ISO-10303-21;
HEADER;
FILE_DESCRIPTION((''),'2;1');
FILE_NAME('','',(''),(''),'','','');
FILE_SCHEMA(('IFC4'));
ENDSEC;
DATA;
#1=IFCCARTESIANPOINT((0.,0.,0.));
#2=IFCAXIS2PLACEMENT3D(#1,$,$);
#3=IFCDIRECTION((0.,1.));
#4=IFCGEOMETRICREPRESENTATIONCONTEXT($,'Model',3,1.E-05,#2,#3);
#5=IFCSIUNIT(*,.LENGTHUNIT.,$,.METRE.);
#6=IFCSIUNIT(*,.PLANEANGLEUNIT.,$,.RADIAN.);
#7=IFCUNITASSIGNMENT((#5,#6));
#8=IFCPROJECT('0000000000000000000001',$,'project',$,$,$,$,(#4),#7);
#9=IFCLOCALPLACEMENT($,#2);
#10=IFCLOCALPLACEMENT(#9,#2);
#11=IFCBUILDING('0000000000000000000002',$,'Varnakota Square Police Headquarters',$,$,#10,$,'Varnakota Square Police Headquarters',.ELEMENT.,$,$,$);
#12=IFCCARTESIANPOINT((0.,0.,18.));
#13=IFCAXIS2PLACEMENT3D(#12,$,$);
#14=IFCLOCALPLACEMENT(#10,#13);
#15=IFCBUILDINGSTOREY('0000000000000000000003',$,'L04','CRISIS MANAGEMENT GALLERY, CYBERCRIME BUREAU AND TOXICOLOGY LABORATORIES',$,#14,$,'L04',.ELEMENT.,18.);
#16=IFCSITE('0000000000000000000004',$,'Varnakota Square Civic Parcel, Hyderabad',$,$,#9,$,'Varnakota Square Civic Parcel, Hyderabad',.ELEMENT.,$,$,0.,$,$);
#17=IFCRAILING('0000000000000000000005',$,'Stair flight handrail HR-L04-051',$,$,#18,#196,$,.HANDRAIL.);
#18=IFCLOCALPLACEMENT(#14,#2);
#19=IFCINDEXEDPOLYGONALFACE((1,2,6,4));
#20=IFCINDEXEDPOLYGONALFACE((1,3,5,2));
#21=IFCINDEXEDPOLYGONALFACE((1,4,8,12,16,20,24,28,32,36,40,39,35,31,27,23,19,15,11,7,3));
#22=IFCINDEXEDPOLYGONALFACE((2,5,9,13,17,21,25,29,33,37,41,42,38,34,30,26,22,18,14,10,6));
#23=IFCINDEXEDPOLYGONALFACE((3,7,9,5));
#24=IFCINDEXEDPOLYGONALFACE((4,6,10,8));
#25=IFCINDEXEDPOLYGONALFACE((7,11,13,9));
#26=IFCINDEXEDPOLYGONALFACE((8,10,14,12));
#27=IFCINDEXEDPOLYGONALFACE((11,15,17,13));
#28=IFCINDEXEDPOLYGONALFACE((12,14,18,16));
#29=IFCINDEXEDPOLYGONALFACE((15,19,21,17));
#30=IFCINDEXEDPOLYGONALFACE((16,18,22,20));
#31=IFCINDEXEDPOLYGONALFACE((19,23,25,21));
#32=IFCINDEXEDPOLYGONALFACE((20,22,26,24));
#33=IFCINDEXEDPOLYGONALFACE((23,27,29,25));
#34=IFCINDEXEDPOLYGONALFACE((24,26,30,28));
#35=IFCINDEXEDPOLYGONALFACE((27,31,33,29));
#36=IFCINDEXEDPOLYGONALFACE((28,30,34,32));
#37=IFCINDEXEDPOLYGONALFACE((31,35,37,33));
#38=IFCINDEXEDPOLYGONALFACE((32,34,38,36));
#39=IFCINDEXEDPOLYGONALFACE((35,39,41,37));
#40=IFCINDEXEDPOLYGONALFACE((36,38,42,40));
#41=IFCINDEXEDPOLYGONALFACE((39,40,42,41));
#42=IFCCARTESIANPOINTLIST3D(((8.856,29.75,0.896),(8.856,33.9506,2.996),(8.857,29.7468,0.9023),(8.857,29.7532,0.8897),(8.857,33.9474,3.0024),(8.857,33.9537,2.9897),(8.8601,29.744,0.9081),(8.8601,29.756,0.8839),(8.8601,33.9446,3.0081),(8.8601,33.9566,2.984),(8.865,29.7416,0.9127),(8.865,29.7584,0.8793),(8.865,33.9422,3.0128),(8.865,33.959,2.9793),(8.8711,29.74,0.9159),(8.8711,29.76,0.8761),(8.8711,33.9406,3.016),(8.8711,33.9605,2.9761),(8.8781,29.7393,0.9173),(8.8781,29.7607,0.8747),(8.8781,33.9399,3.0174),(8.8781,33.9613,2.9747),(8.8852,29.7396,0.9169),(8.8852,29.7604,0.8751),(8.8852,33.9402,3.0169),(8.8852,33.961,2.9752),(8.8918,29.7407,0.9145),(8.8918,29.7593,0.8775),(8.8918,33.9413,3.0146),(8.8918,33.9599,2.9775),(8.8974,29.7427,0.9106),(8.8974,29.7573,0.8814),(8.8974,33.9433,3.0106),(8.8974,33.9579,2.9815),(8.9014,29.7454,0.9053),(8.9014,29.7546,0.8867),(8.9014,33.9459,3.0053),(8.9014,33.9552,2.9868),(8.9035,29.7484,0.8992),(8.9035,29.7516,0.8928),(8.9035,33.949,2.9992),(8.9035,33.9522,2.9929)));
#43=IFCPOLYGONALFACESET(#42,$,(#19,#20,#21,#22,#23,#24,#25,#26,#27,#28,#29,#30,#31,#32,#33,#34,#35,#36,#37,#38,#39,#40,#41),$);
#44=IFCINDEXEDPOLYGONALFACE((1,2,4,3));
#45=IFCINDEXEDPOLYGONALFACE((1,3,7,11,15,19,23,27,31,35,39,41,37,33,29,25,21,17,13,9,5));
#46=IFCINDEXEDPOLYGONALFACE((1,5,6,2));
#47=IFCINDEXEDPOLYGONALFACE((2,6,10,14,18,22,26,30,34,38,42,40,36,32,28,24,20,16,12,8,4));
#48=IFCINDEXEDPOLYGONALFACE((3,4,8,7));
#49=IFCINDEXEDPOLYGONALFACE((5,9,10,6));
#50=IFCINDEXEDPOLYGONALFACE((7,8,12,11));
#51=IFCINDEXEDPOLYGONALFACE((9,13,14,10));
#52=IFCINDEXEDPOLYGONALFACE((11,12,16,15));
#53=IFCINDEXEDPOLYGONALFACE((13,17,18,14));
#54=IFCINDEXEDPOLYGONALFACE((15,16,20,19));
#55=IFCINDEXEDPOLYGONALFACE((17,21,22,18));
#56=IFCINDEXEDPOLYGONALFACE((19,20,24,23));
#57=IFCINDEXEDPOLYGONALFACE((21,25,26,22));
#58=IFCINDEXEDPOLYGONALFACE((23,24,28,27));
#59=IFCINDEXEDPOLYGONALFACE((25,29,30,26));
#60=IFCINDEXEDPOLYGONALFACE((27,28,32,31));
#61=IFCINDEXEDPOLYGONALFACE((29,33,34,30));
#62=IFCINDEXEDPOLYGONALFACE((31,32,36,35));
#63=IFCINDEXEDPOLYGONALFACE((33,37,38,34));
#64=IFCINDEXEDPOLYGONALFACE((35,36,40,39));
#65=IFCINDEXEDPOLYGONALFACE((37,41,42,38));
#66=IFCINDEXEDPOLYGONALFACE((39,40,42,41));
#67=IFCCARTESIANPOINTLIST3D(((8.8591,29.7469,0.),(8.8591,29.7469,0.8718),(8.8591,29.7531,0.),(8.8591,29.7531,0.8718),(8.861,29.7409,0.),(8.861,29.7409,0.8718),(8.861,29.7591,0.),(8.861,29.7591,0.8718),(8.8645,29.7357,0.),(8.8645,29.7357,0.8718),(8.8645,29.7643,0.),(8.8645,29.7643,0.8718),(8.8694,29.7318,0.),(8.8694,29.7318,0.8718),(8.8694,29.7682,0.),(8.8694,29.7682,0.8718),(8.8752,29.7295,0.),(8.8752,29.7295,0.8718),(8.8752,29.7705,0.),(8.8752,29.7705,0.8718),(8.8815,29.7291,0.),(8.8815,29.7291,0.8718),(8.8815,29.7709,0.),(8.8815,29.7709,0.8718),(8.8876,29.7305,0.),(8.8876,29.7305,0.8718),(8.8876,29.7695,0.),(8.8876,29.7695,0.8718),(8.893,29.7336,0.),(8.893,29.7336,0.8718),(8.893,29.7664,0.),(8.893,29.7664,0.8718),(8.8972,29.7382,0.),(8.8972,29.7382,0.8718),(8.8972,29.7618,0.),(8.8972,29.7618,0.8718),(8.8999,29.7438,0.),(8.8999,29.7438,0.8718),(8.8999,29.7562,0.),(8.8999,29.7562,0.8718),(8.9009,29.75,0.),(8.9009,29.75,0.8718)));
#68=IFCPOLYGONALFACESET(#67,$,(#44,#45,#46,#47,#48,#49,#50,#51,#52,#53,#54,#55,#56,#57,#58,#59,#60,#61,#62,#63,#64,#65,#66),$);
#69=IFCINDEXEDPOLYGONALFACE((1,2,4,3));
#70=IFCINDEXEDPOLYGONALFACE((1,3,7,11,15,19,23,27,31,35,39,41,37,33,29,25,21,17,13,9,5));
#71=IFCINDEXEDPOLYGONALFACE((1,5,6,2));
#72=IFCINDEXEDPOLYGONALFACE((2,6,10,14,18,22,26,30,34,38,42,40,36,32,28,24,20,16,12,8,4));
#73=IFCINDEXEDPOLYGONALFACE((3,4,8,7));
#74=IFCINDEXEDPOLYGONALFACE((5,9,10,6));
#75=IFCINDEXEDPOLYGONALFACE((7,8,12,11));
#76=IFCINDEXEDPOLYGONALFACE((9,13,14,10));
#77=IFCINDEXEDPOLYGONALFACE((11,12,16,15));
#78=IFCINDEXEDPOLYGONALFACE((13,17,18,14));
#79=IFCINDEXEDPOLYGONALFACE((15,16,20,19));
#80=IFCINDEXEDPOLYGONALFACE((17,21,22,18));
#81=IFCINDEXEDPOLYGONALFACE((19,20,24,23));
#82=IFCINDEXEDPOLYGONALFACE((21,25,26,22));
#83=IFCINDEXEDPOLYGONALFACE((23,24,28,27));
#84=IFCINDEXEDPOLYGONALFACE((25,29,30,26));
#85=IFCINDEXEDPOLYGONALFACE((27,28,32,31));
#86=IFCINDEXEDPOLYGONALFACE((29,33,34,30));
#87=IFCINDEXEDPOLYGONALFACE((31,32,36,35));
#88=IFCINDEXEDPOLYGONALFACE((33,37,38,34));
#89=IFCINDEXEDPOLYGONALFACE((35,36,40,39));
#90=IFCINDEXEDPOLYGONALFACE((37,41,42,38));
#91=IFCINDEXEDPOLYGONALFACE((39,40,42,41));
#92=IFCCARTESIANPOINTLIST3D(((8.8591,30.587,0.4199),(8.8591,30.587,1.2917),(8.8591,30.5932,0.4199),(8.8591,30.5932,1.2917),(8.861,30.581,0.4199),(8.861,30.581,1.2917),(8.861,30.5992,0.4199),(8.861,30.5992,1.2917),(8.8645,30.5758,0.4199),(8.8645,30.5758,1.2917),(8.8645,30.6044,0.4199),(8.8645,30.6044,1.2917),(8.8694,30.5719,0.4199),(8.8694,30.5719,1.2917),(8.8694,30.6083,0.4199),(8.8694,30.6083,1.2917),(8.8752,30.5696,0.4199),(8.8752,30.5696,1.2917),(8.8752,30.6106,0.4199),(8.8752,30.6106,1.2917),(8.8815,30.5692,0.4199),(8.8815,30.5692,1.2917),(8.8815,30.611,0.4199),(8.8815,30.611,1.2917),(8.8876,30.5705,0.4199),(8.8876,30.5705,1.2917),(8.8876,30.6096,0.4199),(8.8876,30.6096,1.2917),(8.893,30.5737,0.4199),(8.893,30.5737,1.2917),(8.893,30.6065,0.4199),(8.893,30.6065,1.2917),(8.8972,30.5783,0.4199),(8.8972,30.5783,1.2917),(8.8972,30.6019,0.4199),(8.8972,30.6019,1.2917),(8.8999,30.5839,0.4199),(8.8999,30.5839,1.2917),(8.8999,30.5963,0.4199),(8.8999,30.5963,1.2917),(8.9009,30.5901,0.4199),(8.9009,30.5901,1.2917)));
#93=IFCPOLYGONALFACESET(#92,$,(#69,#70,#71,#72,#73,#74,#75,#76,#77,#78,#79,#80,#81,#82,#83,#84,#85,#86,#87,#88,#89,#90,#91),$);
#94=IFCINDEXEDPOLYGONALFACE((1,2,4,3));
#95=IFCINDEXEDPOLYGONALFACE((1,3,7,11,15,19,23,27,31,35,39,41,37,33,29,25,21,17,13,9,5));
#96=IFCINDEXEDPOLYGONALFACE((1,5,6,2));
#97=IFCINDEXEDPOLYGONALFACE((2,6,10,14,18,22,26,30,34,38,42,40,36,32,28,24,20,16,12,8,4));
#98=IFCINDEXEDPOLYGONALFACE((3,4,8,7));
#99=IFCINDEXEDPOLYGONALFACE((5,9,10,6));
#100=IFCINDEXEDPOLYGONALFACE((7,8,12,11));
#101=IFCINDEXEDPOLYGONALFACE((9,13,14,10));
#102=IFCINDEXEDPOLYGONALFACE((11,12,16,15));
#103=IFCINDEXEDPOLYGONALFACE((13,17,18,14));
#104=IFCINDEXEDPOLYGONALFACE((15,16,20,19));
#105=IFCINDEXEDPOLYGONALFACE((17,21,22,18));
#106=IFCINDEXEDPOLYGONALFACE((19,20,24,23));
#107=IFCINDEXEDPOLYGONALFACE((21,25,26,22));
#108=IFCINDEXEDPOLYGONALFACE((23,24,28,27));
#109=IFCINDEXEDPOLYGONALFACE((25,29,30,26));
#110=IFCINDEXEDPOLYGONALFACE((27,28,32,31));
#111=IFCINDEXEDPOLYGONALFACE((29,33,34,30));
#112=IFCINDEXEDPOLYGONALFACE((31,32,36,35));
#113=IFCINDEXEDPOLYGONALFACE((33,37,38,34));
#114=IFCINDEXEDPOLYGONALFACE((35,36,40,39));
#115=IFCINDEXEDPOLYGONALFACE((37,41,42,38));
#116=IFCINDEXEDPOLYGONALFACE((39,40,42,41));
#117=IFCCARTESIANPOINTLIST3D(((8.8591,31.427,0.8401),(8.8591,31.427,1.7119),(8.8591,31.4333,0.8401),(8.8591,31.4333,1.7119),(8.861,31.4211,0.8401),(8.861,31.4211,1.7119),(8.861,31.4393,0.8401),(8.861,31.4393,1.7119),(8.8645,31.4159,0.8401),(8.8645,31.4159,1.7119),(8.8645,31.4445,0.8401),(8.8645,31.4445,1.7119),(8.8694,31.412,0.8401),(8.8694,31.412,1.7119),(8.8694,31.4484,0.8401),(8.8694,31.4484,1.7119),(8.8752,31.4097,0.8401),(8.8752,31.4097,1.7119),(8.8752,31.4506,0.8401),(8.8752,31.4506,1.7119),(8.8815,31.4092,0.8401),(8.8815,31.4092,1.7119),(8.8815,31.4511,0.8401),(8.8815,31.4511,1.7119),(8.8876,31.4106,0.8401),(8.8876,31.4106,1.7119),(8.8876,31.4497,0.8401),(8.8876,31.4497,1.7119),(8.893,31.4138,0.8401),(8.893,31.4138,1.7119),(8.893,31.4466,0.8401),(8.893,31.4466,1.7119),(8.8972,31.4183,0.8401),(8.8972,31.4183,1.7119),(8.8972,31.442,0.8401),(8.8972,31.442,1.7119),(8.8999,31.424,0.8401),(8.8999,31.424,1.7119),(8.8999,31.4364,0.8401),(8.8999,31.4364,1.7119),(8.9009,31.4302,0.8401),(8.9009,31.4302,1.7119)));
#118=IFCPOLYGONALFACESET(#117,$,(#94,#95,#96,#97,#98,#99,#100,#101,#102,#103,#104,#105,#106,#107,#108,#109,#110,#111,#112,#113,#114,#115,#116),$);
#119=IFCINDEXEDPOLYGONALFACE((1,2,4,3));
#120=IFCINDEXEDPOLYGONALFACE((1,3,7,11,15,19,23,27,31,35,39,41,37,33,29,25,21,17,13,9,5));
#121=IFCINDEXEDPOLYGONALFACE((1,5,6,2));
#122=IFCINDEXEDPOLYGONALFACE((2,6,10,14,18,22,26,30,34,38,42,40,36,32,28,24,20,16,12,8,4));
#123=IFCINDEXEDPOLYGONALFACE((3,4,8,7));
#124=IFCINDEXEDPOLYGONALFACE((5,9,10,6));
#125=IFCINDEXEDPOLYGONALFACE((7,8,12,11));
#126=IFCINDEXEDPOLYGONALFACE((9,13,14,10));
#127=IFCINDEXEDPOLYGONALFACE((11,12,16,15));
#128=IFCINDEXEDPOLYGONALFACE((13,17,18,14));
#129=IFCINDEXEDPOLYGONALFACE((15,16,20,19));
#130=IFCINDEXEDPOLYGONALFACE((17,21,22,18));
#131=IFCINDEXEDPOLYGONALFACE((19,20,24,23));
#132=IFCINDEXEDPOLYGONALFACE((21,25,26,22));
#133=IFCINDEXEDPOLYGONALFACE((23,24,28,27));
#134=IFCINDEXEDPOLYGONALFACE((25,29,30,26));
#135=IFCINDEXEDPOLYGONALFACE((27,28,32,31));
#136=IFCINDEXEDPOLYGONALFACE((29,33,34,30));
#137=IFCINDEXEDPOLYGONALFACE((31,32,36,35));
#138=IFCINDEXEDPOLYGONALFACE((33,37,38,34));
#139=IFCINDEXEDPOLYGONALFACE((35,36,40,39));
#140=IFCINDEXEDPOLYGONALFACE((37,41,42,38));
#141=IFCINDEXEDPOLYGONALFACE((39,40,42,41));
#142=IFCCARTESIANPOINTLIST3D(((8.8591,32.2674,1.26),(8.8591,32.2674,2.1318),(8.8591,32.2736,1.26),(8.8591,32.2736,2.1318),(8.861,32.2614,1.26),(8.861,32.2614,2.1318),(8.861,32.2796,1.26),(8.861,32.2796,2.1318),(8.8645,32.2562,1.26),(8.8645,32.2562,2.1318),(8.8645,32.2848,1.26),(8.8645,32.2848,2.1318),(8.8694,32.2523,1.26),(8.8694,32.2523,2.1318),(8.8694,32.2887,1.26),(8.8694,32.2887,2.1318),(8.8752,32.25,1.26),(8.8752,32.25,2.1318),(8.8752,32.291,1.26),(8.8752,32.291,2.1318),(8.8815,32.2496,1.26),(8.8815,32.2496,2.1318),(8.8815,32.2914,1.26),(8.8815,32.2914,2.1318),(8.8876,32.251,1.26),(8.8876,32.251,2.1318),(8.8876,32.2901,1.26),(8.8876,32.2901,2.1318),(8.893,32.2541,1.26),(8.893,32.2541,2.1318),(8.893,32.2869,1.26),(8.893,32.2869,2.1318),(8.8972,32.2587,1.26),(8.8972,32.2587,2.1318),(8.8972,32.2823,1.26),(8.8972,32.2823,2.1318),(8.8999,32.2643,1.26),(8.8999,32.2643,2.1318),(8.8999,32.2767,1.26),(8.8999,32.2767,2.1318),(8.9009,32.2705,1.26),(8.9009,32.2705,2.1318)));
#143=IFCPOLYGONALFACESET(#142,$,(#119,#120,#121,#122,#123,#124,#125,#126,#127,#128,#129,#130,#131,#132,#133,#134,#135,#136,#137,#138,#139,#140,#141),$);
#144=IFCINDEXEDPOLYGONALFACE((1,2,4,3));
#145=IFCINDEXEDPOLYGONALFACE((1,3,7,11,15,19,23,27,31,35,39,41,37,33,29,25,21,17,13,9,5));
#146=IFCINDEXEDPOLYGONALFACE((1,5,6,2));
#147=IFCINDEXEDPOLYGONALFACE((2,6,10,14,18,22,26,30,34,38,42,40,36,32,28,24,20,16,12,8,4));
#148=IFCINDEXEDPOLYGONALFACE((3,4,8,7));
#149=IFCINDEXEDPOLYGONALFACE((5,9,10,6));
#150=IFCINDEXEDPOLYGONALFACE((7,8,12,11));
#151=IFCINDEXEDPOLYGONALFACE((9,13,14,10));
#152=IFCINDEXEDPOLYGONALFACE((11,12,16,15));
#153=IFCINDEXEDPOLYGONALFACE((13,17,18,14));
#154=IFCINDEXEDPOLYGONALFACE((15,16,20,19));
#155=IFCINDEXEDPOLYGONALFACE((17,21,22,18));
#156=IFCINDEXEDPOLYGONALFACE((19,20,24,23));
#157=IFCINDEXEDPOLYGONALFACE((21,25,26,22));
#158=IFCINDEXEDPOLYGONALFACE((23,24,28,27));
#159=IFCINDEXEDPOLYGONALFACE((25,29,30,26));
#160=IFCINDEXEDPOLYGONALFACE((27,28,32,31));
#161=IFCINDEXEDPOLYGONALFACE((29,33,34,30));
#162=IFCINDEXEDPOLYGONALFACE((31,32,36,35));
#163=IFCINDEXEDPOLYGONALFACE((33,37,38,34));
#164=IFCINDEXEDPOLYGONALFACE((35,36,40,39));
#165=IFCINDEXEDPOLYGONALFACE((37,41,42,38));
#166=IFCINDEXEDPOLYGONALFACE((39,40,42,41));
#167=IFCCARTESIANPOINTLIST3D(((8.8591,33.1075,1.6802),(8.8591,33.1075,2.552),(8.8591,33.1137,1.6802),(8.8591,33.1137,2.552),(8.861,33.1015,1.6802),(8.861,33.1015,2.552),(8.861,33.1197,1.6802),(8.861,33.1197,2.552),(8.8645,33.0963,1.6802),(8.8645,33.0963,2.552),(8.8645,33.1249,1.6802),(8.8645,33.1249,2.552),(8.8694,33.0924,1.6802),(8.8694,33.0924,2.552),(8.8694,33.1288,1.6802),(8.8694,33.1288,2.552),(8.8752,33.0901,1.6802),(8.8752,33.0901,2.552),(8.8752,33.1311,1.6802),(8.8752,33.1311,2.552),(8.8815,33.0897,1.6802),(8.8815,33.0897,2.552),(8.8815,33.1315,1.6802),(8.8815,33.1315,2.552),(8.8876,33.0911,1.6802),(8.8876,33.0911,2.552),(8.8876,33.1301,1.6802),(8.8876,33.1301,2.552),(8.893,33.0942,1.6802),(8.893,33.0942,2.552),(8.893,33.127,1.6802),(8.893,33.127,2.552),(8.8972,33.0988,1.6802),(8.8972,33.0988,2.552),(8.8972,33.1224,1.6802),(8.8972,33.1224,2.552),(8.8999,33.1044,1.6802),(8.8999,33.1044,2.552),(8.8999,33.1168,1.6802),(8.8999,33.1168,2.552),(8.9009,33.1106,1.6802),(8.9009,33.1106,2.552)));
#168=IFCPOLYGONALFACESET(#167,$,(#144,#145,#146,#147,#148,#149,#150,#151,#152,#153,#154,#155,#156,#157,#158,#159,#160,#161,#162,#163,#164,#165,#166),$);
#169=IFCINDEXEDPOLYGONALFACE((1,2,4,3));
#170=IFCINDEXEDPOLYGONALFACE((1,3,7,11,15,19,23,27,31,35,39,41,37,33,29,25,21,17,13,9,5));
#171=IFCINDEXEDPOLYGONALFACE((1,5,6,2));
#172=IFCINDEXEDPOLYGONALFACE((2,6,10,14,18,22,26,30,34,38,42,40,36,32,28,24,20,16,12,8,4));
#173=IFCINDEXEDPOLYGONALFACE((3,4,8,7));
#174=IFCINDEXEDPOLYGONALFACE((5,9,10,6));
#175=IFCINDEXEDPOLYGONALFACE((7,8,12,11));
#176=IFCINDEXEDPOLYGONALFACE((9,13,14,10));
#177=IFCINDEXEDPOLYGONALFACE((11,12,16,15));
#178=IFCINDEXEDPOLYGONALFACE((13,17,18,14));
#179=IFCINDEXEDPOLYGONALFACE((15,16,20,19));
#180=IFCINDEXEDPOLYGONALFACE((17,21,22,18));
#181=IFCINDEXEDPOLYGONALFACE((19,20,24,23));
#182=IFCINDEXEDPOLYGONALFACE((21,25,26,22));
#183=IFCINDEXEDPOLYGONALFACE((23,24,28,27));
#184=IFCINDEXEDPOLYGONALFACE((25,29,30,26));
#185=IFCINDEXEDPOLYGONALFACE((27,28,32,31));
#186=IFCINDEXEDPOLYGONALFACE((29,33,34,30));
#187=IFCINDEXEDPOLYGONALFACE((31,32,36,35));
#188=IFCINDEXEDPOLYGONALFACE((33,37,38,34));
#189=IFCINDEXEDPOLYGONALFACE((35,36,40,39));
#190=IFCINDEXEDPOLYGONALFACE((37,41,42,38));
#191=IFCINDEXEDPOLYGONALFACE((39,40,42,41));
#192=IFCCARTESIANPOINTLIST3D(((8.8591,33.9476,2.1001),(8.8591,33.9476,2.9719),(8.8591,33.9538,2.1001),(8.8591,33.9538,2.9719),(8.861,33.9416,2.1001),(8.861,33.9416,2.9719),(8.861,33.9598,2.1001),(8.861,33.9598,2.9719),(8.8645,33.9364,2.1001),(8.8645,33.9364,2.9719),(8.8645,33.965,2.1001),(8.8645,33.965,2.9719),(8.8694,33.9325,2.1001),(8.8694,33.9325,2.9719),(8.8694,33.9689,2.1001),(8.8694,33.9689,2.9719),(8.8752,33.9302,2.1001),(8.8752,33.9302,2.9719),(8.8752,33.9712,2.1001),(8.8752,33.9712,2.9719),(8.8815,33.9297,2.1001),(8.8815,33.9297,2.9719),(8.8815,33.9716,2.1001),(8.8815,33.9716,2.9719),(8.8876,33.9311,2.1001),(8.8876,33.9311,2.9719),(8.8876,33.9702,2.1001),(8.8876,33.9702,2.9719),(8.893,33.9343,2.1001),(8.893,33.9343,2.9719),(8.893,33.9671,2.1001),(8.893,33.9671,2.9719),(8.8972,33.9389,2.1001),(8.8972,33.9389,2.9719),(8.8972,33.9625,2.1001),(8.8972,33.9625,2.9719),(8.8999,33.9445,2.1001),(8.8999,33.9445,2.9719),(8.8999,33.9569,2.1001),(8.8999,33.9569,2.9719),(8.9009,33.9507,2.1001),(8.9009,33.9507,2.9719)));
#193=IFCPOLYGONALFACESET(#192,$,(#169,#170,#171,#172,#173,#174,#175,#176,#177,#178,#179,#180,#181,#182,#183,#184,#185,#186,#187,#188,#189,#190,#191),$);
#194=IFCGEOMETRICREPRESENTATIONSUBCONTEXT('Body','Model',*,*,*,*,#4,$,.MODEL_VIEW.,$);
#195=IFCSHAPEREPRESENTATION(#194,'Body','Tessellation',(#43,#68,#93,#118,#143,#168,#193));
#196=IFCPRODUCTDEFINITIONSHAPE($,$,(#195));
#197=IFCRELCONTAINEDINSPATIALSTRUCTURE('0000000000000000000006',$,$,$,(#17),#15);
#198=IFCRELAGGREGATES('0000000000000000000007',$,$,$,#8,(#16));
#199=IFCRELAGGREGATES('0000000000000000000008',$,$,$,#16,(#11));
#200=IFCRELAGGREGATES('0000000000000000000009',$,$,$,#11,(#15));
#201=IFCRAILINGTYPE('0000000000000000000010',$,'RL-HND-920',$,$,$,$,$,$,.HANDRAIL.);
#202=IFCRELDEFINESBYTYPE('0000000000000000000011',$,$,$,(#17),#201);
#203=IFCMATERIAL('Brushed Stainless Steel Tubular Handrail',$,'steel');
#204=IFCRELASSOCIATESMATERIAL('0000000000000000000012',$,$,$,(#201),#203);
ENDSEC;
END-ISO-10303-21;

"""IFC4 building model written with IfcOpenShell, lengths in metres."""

from ifc_helpers import new_model, si_unit, direction, frame, origin, origin_2d, place, context, subcontext, project, spatial, circle, extrude, material, type_object, element, save


model = new_model("IFC4")

# Units and contexts
model_context = context("Model", 3, precision=1e-05, world=origin(), true_north=direction((0.0, 1.0)))
body_context = subcontext(model_context, "Body", "Model", "MODEL_VIEW")
ifc_project = project(units=[si_unit("LENGTHUNIT", "METRE"), si_unit("PLANEANGLEUNIT", "RADIAN")], contexts=[model_context])

# Site, building, storey
site_placement = place(None, origin())
site = spatial("IfcSite", under=ifc_project, at=site_placement, Name="Varnakota Square Civic Parcel, Hyderabad", LongName="Varnakota Square Civic Parcel, Hyderabad", CompositionType="ELEMENT", RefElevation=0.0)
building_placement = place(site_placement, origin())
building = spatial("IfcBuilding", under=site, at=building_placement, Name="Varnakota Square Police Headquarters", LongName="Varnakota Square Police Headquarters", CompositionType="ELEMENT")
storey_placement = place(building_placement, frame((0.0, 0.0, 18.0)))
storey = spatial("IfcBuildingStorey", under=building, at=storey_placement, Name="L04", Description="CRISIS MANAGEMENT GALLERY, CYBERCRIME BUREAU AND TOXICOLOGY LABORATORIES", LongName="L04", CompositionType="ELEMENT", Elevation=18.0)

# Railing
ifc_material_1 = material(Name="Brushed Stainless Steel Tubular Handrail", Category="steel")
railing_type_1 = type_object("IfcRailingType", Name="RL-HND-920", PredefinedType="HANDRAIL", material=ifc_material_1)
railing_1_placement = place(storey_placement, frame((8.8799, 29.75, 0.0)))
element("IfcRailing", 1, at=railing_1_placement, inside=storey, type_object=railing_type_1, Name="Stair flight handrail HR-L04-051", PredefinedType="HANDRAIL", context=body_context, shape_type="SweptSolid", body=[
    extrude(circle(Radius=0.0239, at=origin_2d()), frame((0.0, 0.0, 0.896), z_axis=(0.0, 0.894448, 0.447172), x_axis=(-1.0, 0.0, 0.0)), (0.0, 0.0, 1.0), 4.6963),
    extrude(circle(Radius=0.021, at=origin_2d()), origin(), (0.0, 0.0, 1.0), 0.8718),
    extrude(circle(Radius=0.021, at=origin_2d()), frame((0.0, 0.8401, 0.4199)), (0.0, 0.0, 1.0), 0.8718),
    extrude(circle(Radius=0.021, at=origin_2d()), frame((0.0, 1.6802, 0.8401)), (0.0, 0.0, 1.0), 0.8718),
    extrude(circle(Radius=0.021, at=origin_2d()), frame((0.0, 2.5205, 1.26)), (0.0, 0.0, 1.0), 0.8718),
    extrude(circle(Radius=0.021, at=origin_2d()), frame((0.0, 3.3606, 1.6802)), (0.0, 0.0, 1.0), 0.8718),
    extrude(circle(Radius=0.021, at=origin_2d()), frame((0.0, 4.2007, 2.1001)), (0.0, 0.0, 1.0), 0.8718),
])

save(model, "model.ifc")
